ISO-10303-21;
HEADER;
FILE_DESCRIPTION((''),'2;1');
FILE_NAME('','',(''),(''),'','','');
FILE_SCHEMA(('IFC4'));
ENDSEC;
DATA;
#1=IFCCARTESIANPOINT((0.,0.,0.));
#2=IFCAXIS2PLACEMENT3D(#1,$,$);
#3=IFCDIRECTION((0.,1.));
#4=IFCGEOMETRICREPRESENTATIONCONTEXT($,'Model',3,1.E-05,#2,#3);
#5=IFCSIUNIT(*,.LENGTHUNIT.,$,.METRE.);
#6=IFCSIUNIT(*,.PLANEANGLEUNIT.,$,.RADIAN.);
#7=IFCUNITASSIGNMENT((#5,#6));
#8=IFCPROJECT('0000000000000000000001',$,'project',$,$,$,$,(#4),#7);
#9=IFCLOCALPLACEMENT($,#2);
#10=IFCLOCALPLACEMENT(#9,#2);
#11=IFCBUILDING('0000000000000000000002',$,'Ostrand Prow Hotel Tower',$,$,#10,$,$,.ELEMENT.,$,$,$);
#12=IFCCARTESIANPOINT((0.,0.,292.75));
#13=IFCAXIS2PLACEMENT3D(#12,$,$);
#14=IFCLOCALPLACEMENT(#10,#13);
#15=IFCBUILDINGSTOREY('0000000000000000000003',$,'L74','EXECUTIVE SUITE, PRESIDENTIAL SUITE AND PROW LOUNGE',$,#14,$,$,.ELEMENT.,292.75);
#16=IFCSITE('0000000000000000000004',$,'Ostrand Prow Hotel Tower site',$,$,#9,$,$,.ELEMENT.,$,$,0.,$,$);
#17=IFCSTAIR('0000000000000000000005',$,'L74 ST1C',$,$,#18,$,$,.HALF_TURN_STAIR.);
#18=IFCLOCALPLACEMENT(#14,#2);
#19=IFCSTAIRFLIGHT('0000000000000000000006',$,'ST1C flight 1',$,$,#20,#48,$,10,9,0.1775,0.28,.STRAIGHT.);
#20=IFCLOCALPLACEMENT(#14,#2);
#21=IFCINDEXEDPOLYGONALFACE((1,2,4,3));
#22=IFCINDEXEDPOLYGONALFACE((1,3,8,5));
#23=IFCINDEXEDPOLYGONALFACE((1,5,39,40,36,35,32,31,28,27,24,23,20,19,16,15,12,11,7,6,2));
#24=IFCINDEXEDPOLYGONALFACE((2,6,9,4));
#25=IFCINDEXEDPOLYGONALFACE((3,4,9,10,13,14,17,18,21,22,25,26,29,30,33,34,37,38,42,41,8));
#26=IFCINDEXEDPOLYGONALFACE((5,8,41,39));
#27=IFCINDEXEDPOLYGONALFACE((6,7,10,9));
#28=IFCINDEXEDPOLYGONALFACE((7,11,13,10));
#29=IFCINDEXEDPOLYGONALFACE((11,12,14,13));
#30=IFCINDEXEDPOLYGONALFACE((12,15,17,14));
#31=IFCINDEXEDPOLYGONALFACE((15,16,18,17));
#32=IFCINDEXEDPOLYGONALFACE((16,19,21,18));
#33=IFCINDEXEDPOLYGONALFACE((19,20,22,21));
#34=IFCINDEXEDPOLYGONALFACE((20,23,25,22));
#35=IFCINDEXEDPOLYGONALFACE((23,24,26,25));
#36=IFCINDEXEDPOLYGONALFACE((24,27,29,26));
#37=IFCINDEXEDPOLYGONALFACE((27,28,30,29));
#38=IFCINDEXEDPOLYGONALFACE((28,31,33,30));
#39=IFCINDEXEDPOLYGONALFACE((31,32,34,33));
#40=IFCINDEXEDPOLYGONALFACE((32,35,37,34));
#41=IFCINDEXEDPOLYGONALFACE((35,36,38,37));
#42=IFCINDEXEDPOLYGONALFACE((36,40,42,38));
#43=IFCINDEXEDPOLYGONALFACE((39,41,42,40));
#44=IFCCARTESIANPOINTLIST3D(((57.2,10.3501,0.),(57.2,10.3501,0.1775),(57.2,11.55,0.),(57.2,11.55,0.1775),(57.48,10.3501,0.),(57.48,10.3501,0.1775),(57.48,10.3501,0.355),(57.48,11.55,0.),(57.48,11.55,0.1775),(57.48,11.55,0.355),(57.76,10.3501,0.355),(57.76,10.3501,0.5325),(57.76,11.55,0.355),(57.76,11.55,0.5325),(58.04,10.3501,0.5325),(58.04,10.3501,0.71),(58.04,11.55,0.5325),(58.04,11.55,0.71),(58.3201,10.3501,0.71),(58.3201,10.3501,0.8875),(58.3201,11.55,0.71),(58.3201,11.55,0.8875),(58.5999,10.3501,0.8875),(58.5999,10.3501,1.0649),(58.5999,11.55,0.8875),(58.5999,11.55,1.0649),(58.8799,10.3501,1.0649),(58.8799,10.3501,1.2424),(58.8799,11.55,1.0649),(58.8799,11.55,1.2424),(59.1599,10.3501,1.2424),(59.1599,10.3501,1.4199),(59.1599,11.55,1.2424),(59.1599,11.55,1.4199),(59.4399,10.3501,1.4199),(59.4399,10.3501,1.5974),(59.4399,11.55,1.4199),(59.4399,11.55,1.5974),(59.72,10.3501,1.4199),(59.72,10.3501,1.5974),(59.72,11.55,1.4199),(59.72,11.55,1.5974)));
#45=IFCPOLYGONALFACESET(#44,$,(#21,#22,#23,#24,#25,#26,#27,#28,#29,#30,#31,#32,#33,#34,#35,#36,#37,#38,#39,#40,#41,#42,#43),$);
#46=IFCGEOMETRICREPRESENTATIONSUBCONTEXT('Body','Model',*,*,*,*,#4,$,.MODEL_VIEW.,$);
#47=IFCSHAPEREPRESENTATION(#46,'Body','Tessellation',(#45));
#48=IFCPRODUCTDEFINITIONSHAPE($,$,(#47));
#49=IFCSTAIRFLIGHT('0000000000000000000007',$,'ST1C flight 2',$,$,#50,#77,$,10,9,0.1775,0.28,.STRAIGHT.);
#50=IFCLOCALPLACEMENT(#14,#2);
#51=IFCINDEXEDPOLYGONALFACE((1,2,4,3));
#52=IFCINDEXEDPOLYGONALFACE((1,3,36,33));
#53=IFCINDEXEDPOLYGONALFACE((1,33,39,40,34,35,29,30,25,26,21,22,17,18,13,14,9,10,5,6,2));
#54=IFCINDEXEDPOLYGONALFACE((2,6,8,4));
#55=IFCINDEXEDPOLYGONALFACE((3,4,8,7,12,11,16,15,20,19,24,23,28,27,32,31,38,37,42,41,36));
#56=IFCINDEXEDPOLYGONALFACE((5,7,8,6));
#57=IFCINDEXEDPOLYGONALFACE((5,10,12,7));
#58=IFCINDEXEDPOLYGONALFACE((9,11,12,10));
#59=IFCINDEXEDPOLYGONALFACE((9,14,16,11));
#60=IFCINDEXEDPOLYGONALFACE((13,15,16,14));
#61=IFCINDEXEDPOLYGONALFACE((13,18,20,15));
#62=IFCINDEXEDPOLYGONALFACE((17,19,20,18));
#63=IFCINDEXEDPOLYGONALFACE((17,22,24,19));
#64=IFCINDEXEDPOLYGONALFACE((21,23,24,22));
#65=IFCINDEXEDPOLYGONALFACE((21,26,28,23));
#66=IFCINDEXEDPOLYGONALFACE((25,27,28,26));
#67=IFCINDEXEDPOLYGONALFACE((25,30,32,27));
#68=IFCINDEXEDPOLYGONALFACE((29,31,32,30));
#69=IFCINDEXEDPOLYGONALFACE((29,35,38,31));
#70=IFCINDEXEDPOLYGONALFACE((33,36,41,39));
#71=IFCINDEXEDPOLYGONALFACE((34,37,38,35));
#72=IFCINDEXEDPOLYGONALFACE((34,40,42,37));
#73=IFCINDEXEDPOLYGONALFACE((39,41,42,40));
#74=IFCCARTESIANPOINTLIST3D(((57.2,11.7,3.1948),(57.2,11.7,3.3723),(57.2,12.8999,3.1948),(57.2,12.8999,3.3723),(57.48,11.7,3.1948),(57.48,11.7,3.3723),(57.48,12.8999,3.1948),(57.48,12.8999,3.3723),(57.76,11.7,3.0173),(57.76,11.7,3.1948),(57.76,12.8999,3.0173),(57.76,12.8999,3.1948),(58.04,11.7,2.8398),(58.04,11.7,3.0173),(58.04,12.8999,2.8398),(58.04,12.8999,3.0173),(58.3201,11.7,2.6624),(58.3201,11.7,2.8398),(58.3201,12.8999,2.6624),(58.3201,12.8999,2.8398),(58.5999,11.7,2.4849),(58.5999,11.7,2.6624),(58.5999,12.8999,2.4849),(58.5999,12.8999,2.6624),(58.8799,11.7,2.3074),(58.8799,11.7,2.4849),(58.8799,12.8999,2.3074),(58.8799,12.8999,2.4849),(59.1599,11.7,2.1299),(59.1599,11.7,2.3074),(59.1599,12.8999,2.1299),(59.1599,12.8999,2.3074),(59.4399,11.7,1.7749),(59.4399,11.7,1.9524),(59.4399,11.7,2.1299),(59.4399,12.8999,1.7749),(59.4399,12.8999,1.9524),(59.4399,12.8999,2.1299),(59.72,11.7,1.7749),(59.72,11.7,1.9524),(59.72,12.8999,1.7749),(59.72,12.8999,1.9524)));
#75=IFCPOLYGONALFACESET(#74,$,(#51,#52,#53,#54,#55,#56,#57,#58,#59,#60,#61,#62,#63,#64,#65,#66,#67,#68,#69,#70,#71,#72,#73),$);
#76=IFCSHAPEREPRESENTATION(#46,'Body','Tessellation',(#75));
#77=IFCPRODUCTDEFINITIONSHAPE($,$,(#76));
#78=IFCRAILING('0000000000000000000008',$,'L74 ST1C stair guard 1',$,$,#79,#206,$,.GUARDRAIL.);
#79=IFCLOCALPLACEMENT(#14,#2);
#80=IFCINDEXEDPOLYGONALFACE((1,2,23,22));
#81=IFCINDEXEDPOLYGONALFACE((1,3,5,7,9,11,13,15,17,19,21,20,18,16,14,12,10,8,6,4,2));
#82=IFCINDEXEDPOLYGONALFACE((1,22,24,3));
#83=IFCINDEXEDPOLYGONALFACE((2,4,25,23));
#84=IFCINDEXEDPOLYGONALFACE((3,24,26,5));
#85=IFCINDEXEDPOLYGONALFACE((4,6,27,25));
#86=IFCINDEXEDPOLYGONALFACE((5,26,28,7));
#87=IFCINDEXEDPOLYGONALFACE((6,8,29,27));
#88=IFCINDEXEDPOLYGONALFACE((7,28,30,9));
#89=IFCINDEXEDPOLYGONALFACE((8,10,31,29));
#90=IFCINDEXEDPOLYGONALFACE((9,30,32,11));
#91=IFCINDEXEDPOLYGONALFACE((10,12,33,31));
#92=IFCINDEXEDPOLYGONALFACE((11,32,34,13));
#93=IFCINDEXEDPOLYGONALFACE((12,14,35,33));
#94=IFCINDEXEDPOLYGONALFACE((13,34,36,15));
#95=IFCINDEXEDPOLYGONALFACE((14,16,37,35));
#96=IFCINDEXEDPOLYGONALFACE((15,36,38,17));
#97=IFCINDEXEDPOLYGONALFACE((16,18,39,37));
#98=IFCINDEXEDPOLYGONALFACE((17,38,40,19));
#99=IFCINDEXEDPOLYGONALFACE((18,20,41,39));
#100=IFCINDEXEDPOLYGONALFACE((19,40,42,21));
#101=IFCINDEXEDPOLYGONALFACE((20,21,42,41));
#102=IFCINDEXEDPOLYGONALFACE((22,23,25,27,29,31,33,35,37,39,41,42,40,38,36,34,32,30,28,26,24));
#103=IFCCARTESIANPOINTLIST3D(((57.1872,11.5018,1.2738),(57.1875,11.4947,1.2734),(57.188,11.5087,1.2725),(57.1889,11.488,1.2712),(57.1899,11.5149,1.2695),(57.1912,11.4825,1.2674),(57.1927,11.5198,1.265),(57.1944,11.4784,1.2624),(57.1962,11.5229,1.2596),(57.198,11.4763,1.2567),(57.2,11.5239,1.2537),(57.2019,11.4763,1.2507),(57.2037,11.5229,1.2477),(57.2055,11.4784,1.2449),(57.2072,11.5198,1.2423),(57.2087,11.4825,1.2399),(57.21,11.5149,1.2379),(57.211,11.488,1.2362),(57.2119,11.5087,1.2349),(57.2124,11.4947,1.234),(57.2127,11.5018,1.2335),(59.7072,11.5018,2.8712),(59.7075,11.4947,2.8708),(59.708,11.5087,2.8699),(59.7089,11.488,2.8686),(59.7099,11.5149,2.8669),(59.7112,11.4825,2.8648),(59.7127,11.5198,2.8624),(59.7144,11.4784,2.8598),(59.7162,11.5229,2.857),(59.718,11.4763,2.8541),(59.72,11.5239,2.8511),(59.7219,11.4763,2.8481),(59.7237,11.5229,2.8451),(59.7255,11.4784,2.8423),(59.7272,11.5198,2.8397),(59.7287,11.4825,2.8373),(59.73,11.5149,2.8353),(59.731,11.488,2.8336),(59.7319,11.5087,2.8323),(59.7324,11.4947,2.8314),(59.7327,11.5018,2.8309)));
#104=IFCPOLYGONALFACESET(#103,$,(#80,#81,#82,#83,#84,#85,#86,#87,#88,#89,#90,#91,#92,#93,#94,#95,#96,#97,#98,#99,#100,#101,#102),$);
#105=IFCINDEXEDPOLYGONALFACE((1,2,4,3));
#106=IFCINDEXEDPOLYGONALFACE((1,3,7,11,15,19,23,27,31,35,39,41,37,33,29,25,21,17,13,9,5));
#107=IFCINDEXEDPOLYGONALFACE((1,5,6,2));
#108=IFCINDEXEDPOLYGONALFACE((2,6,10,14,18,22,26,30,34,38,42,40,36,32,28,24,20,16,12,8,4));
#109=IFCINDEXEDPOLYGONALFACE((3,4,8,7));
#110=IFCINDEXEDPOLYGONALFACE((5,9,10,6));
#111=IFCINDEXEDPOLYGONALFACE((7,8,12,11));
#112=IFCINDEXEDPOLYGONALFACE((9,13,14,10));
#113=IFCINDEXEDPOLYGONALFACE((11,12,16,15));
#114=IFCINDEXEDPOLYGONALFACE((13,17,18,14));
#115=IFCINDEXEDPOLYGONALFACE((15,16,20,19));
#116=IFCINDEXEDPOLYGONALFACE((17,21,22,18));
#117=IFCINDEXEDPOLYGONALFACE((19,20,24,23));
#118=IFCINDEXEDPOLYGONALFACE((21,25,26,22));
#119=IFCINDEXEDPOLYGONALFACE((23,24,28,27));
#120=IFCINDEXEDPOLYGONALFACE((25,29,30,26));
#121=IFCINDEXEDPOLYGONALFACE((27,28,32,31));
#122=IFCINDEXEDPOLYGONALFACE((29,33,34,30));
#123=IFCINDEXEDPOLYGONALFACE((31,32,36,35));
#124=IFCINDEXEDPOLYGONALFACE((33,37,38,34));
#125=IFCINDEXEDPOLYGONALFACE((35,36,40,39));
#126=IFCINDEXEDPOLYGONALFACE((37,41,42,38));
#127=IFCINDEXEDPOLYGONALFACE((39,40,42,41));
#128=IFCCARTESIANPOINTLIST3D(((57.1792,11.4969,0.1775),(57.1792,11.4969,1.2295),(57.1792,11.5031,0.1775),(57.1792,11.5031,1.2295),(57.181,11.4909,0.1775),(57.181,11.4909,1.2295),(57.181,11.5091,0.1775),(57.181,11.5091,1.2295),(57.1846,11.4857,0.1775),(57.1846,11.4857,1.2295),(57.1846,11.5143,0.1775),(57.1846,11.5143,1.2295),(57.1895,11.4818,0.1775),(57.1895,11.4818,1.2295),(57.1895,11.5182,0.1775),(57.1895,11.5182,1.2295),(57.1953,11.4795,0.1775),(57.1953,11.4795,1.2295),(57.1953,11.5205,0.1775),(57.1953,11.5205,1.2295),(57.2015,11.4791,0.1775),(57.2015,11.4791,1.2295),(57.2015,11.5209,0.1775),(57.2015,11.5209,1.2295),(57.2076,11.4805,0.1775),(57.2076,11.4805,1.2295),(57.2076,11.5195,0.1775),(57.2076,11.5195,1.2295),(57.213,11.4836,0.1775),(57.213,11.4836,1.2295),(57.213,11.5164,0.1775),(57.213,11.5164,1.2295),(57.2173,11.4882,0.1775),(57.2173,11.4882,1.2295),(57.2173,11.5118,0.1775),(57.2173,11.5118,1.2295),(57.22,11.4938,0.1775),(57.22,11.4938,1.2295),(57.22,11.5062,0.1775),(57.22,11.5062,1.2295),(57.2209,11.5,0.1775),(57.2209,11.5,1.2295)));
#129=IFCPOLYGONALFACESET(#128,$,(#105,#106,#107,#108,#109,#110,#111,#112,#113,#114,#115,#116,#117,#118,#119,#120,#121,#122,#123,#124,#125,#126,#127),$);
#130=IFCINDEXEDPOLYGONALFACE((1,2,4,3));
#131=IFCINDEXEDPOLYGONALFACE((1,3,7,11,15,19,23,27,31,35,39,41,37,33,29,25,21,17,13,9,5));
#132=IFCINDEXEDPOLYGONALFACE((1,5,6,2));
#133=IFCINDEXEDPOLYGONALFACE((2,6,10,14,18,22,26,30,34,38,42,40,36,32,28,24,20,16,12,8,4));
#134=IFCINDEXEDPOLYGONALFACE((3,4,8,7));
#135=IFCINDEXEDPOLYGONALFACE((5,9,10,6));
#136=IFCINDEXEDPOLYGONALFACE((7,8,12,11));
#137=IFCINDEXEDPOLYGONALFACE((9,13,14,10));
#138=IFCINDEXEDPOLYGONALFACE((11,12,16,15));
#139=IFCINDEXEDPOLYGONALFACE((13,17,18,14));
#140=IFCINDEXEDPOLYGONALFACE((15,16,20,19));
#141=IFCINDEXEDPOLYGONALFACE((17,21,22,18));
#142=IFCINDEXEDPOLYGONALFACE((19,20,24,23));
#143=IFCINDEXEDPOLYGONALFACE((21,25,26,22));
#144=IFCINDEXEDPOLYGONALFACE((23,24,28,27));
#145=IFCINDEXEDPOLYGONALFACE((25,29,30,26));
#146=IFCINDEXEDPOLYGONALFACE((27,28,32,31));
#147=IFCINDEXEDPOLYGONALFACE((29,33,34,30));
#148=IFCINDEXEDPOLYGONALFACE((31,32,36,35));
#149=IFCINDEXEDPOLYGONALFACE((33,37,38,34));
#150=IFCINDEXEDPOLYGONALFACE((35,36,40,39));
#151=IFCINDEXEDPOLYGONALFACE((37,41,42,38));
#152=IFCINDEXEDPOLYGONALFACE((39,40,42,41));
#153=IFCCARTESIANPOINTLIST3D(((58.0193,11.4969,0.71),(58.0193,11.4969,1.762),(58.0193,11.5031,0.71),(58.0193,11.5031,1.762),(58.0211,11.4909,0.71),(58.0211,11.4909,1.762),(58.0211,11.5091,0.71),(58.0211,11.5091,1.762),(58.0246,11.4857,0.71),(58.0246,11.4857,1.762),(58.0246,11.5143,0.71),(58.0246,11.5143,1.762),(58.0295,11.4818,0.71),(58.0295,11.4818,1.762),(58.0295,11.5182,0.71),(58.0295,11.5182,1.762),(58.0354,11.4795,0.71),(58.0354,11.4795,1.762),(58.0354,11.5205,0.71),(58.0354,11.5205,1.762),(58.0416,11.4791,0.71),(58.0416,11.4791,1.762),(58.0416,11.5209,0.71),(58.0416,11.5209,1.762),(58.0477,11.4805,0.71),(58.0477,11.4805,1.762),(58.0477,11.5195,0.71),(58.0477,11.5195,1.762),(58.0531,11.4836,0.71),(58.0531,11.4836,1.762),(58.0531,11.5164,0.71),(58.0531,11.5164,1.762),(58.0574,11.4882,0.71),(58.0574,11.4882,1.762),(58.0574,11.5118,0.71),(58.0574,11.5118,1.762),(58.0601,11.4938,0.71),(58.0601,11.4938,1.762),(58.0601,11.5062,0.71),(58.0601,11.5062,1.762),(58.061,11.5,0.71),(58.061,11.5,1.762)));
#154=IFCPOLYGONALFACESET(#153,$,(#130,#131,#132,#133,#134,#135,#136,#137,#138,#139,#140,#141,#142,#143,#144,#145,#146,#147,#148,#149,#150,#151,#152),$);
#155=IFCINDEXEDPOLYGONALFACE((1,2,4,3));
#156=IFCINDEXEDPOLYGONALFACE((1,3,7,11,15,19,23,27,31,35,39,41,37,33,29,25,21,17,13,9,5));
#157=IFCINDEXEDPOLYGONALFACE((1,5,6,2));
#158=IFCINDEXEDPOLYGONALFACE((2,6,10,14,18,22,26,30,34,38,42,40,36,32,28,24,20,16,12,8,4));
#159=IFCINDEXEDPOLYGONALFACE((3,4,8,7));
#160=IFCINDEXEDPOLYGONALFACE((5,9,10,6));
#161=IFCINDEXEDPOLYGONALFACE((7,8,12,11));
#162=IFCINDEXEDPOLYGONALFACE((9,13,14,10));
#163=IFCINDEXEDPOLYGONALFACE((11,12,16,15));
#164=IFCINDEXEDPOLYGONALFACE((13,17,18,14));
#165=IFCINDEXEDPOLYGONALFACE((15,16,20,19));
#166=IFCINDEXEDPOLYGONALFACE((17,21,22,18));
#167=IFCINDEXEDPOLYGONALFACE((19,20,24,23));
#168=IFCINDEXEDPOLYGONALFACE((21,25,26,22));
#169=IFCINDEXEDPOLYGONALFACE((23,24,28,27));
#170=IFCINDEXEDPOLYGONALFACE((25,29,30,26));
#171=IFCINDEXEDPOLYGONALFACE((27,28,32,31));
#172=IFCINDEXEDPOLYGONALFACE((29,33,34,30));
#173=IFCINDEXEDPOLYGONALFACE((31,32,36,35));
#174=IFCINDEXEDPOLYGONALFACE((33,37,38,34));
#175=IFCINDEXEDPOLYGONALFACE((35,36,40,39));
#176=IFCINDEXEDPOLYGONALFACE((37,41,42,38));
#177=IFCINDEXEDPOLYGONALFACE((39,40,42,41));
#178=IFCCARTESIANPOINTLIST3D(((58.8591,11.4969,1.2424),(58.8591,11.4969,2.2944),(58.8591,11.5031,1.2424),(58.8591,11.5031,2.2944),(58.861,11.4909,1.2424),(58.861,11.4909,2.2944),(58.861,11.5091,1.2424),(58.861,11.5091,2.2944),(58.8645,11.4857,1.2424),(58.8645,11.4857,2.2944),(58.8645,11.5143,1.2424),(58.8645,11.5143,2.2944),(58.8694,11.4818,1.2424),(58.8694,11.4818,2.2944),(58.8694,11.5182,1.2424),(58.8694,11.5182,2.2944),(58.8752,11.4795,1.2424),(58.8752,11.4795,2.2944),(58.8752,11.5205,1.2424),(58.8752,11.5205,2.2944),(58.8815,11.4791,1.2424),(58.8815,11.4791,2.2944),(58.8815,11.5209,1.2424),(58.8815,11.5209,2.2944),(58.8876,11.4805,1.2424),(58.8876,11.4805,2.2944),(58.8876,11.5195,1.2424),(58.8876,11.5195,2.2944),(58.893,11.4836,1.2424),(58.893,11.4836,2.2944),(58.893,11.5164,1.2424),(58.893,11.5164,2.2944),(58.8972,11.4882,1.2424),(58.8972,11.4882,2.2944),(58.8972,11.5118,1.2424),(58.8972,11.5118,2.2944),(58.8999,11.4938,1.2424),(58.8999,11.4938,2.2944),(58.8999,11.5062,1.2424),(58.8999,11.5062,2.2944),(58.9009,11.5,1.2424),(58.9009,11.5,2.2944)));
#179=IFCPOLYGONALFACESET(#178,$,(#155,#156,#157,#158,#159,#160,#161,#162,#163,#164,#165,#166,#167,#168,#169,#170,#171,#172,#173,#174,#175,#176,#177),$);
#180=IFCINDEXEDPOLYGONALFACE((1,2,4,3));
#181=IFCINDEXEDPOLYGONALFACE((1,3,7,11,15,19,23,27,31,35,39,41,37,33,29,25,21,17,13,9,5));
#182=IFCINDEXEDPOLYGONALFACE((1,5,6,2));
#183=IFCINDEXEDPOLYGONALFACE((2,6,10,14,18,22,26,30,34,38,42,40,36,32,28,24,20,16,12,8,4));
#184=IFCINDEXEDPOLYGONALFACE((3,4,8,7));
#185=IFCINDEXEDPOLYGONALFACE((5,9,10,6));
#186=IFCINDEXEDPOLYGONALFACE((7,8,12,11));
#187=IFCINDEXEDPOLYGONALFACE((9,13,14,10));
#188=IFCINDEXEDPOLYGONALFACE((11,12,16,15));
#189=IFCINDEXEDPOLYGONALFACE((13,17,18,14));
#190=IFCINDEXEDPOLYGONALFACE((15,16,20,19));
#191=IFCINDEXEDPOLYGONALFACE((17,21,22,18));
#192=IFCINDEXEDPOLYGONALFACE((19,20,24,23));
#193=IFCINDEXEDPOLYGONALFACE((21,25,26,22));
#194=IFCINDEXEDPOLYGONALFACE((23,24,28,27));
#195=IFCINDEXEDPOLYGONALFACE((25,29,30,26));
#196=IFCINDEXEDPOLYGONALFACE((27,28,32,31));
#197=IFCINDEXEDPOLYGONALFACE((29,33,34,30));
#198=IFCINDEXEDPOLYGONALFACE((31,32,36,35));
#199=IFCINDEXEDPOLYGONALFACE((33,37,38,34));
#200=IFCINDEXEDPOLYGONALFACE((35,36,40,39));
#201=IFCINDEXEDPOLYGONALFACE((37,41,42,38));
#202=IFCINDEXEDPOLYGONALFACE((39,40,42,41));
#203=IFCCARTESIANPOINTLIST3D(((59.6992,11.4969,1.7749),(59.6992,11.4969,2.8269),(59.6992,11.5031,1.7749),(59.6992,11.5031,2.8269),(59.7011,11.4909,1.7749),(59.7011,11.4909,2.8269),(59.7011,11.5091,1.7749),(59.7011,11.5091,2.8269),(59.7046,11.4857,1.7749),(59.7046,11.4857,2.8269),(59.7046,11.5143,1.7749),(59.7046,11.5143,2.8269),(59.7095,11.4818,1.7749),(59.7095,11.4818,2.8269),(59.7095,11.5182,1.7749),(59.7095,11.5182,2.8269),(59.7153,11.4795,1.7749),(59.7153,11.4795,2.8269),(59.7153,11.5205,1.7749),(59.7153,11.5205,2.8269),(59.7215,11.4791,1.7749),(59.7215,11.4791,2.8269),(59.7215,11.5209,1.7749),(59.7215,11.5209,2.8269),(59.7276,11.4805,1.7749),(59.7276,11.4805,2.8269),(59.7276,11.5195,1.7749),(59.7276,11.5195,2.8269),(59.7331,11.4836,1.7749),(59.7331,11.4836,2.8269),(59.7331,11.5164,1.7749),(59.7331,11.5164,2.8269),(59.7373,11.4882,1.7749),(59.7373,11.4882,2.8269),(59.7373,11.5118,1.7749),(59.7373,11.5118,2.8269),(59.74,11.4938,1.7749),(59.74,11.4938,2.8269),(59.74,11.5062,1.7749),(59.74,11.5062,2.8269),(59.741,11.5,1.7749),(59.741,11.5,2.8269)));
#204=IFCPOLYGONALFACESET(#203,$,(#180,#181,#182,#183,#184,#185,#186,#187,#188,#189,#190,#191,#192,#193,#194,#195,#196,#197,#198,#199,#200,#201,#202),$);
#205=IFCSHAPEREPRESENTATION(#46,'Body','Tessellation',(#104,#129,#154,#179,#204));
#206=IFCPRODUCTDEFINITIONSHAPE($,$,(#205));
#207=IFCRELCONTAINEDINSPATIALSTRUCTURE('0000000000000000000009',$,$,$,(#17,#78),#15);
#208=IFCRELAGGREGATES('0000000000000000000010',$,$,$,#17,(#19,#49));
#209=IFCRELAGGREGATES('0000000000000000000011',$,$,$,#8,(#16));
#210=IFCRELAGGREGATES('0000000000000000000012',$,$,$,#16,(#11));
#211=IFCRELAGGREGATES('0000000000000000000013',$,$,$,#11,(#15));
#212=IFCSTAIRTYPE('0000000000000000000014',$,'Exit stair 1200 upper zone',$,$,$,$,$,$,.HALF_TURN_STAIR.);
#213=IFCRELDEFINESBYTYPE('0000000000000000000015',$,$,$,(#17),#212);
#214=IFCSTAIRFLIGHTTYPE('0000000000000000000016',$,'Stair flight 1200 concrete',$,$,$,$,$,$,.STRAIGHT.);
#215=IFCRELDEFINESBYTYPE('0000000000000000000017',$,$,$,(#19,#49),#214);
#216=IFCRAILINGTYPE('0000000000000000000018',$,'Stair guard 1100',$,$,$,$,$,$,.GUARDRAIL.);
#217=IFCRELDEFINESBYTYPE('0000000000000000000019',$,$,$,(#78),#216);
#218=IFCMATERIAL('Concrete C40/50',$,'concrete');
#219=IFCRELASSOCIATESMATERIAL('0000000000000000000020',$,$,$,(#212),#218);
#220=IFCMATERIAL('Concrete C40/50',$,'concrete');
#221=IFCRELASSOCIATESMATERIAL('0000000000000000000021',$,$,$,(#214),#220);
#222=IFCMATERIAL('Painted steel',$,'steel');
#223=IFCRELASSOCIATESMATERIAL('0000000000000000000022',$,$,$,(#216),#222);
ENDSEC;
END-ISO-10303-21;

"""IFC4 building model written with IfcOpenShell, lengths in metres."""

from ifc_helpers import new_model, si_unit, direction, frame, origin, origin_2d, place, context, subcontext, project, spatial, polyline, circle, outline, extrude, material, type_object, element, aggregate, save


model = new_model("IFC4")

# Units and contexts
model_context = context("Model", 3, precision=1e-05, world=origin(), true_north=direction((0.0, 1.0)))
body_context = subcontext(model_context, "Body", "Model", "MODEL_VIEW")
ifc_project = project(units=[si_unit("LENGTHUNIT", "METRE"), si_unit("PLANEANGLEUNIT", "RADIAN")], contexts=[model_context])

# Site, building, storey
site_placement = place(None, origin())
site = spatial("IfcSite", under=ifc_project, at=site_placement, Name="Ostrand Prow Hotel Tower site", CompositionType="ELEMENT", RefElevation=0.0)
building_placement = place(site_placement, origin())
building = spatial("IfcBuilding", under=site, at=building_placement, Name="Ostrand Prow Hotel Tower", CompositionType="ELEMENT")
storey_placement = place(building_placement, frame((0.0, 0.0, 292.75)))
storey = spatial("IfcBuildingStorey", under=building, at=storey_placement, Name="L74", Description="EXECUTIVE SUITE, PRESIDENTIAL SUITE AND PROW LOUNGE", CompositionType="ELEMENT", Elevation=292.75)

# Stair, stair flights
ifc_material_1 = material(Name="Concrete C40/50", Category="concrete")
stair_type = type_object("IfcStairType", Name="Exit stair 1200 upper zone", PredefinedType="HALF_TURN_STAIR", material=ifc_material_1)
stair_placement = place(storey_placement, origin())
stair = element("IfcStair", 1, at=stair_placement, inside=storey, type_object=stair_type, Name="L74 ST1C", PredefinedType="HALF_TURN_STAIR")
ifc_material_2 = material(Name="Concrete C40/50", Category="concrete")
stair_flight_type = type_object("IfcStairFlightType", Name="Stair flight 1200 concrete", PredefinedType="STRAIGHT", material=ifc_material_2)
stair_flight_1_placement = place(storey_placement, frame((57.2, 10.95, 0.0), z_axis=(0.0, 0.0, 1.0), x_axis=(1.0, 0.0, 0.0)))
stair_flight_1 = element("IfcStairFlight", 2, at=stair_flight_1_placement, type_object=stair_flight_type, Name="ST1C flight 1", NumberOfRisers=10, NumberOfTreads=9, PredefinedType="STRAIGHT", RiserHeight=0.1775, TreadLength=0.28, context=body_context, shape_type="SweptSolid", body=[
    extrude(outline(polyline([(0.0, 0.0), (0.0, 0.1775), (0.28, 0.1775), (0.28, 0.355), (0.5601, 0.355), (0.5601, 0.5325), (0.8401, 0.5325), (0.8401, 0.71), (1.1201, 0.71), (1.1201, 0.8875), (1.3999, 0.8875), (1.3999, 1.0649), (1.6799, 1.0649), (1.6799, 1.2424), (1.96, 1.2424), (1.96, 1.4199), (2.24, 1.4199), (2.24, 1.5974), (2.52, 1.5974), (2.52, 1.7749), (2.52, 1.4199), (0.28, 0.0), (0.0, 0.0)])), frame((0.0, 0.6001, 0.0), z_axis=(0.0, -1.0, 0.0), x_axis=(1.0, 0.0, 0.0)), (0.0, 0.0, 1.0), 1.2),
])
stair_flight_2_placement = place(storey_placement, frame((59.72, 12.3, 1.7749), z_axis=(0.0, 0.0, 1.0), x_axis=(-1.0, 0.0, 0.0)))
stair_flight_2 = element("IfcStairFlight", 3, at=stair_flight_2_placement, type_object=stair_flight_type, Name="ST1C flight 2", NumberOfRisers=10, NumberOfTreads=9, PredefinedType="STRAIGHT", RiserHeight=0.1775, TreadLength=0.28, context=body_context, shape_type="SweptSolid", body=[
    extrude(outline(polyline([(0.0, 0.0), (0.0, 0.1775), (0.28, 0.1775), (0.28, 0.355), (0.5601, 0.355), (0.5601, 0.5325), (0.8401, 0.5325), (0.8401, 0.71), (1.1201, 0.71), (1.1201, 0.8875), (1.3999, 0.8875), (1.3999, 1.0649), (1.6799, 1.0649), (1.6799, 1.2424), (1.96, 1.2424), (1.96, 1.4199), (2.24, 1.4199), (2.24, 1.5974), (2.52, 1.5974), (2.52, 1.7749), (2.52, 1.4199), (0.28, 0.0), (0.0, 0.0)])), frame((0.0, 0.6001, 0.0), z_axis=(0.0, -1.0, 0.0), x_axis=(1.0, 0.0, 0.0)), (0.0, 0.0, 1.0), 1.2),
])
aggregate(stair, [stair_flight_1, stair_flight_2])

# Railing
ifc_material_3 = material(Name="Painted steel", Category="steel")
railing_type_1 = type_object("IfcRailingType", Name="Stair guard 1100", PredefinedType="GUARDRAIL", material=ifc_material_3)
railing_1_placement = place(storey_placement, frame((57.2, 11.5, 0.1775)))
element("IfcRailing", 4, at=railing_1_placement, inside=storey, type_object=railing_type_1, Name="L74 ST1C stair guard 1", PredefinedType="GUARDRAIL", context=body_context, shape_type="SweptSolid", body=[
    extrude(circle(Radius=0.0239, at=origin_2d()), frame((0.0, 0.0, 1.0762), z_axis=(0.844607, 0.0, 0.535387), x_axis=(0.0, 1.0, 0.0)), (0.0, 0.0, 1.0), 2.9836),
    extrude(circle(Radius=0.021, at=origin_2d()), origin(), (0.0, 0.0, 1.0), 1.052),
    extrude(circle(Radius=0.021, at=origin_2d()), frame((0.8401, 0.0, 0.5325)), (0.0, 0.0, 1.0), 1.052),
    extrude(circle(Radius=0.021, at=origin_2d()), frame((1.6799, 0.0, 1.0649)), (0.0, 0.0, 1.0), 1.052),
    extrude(circle(Radius=0.021, at=origin_2d()), frame((2.52, 0.0, 1.5974)), (0.0, 0.0, 1.0), 1.052),
])

save(model, "model.ifc")
